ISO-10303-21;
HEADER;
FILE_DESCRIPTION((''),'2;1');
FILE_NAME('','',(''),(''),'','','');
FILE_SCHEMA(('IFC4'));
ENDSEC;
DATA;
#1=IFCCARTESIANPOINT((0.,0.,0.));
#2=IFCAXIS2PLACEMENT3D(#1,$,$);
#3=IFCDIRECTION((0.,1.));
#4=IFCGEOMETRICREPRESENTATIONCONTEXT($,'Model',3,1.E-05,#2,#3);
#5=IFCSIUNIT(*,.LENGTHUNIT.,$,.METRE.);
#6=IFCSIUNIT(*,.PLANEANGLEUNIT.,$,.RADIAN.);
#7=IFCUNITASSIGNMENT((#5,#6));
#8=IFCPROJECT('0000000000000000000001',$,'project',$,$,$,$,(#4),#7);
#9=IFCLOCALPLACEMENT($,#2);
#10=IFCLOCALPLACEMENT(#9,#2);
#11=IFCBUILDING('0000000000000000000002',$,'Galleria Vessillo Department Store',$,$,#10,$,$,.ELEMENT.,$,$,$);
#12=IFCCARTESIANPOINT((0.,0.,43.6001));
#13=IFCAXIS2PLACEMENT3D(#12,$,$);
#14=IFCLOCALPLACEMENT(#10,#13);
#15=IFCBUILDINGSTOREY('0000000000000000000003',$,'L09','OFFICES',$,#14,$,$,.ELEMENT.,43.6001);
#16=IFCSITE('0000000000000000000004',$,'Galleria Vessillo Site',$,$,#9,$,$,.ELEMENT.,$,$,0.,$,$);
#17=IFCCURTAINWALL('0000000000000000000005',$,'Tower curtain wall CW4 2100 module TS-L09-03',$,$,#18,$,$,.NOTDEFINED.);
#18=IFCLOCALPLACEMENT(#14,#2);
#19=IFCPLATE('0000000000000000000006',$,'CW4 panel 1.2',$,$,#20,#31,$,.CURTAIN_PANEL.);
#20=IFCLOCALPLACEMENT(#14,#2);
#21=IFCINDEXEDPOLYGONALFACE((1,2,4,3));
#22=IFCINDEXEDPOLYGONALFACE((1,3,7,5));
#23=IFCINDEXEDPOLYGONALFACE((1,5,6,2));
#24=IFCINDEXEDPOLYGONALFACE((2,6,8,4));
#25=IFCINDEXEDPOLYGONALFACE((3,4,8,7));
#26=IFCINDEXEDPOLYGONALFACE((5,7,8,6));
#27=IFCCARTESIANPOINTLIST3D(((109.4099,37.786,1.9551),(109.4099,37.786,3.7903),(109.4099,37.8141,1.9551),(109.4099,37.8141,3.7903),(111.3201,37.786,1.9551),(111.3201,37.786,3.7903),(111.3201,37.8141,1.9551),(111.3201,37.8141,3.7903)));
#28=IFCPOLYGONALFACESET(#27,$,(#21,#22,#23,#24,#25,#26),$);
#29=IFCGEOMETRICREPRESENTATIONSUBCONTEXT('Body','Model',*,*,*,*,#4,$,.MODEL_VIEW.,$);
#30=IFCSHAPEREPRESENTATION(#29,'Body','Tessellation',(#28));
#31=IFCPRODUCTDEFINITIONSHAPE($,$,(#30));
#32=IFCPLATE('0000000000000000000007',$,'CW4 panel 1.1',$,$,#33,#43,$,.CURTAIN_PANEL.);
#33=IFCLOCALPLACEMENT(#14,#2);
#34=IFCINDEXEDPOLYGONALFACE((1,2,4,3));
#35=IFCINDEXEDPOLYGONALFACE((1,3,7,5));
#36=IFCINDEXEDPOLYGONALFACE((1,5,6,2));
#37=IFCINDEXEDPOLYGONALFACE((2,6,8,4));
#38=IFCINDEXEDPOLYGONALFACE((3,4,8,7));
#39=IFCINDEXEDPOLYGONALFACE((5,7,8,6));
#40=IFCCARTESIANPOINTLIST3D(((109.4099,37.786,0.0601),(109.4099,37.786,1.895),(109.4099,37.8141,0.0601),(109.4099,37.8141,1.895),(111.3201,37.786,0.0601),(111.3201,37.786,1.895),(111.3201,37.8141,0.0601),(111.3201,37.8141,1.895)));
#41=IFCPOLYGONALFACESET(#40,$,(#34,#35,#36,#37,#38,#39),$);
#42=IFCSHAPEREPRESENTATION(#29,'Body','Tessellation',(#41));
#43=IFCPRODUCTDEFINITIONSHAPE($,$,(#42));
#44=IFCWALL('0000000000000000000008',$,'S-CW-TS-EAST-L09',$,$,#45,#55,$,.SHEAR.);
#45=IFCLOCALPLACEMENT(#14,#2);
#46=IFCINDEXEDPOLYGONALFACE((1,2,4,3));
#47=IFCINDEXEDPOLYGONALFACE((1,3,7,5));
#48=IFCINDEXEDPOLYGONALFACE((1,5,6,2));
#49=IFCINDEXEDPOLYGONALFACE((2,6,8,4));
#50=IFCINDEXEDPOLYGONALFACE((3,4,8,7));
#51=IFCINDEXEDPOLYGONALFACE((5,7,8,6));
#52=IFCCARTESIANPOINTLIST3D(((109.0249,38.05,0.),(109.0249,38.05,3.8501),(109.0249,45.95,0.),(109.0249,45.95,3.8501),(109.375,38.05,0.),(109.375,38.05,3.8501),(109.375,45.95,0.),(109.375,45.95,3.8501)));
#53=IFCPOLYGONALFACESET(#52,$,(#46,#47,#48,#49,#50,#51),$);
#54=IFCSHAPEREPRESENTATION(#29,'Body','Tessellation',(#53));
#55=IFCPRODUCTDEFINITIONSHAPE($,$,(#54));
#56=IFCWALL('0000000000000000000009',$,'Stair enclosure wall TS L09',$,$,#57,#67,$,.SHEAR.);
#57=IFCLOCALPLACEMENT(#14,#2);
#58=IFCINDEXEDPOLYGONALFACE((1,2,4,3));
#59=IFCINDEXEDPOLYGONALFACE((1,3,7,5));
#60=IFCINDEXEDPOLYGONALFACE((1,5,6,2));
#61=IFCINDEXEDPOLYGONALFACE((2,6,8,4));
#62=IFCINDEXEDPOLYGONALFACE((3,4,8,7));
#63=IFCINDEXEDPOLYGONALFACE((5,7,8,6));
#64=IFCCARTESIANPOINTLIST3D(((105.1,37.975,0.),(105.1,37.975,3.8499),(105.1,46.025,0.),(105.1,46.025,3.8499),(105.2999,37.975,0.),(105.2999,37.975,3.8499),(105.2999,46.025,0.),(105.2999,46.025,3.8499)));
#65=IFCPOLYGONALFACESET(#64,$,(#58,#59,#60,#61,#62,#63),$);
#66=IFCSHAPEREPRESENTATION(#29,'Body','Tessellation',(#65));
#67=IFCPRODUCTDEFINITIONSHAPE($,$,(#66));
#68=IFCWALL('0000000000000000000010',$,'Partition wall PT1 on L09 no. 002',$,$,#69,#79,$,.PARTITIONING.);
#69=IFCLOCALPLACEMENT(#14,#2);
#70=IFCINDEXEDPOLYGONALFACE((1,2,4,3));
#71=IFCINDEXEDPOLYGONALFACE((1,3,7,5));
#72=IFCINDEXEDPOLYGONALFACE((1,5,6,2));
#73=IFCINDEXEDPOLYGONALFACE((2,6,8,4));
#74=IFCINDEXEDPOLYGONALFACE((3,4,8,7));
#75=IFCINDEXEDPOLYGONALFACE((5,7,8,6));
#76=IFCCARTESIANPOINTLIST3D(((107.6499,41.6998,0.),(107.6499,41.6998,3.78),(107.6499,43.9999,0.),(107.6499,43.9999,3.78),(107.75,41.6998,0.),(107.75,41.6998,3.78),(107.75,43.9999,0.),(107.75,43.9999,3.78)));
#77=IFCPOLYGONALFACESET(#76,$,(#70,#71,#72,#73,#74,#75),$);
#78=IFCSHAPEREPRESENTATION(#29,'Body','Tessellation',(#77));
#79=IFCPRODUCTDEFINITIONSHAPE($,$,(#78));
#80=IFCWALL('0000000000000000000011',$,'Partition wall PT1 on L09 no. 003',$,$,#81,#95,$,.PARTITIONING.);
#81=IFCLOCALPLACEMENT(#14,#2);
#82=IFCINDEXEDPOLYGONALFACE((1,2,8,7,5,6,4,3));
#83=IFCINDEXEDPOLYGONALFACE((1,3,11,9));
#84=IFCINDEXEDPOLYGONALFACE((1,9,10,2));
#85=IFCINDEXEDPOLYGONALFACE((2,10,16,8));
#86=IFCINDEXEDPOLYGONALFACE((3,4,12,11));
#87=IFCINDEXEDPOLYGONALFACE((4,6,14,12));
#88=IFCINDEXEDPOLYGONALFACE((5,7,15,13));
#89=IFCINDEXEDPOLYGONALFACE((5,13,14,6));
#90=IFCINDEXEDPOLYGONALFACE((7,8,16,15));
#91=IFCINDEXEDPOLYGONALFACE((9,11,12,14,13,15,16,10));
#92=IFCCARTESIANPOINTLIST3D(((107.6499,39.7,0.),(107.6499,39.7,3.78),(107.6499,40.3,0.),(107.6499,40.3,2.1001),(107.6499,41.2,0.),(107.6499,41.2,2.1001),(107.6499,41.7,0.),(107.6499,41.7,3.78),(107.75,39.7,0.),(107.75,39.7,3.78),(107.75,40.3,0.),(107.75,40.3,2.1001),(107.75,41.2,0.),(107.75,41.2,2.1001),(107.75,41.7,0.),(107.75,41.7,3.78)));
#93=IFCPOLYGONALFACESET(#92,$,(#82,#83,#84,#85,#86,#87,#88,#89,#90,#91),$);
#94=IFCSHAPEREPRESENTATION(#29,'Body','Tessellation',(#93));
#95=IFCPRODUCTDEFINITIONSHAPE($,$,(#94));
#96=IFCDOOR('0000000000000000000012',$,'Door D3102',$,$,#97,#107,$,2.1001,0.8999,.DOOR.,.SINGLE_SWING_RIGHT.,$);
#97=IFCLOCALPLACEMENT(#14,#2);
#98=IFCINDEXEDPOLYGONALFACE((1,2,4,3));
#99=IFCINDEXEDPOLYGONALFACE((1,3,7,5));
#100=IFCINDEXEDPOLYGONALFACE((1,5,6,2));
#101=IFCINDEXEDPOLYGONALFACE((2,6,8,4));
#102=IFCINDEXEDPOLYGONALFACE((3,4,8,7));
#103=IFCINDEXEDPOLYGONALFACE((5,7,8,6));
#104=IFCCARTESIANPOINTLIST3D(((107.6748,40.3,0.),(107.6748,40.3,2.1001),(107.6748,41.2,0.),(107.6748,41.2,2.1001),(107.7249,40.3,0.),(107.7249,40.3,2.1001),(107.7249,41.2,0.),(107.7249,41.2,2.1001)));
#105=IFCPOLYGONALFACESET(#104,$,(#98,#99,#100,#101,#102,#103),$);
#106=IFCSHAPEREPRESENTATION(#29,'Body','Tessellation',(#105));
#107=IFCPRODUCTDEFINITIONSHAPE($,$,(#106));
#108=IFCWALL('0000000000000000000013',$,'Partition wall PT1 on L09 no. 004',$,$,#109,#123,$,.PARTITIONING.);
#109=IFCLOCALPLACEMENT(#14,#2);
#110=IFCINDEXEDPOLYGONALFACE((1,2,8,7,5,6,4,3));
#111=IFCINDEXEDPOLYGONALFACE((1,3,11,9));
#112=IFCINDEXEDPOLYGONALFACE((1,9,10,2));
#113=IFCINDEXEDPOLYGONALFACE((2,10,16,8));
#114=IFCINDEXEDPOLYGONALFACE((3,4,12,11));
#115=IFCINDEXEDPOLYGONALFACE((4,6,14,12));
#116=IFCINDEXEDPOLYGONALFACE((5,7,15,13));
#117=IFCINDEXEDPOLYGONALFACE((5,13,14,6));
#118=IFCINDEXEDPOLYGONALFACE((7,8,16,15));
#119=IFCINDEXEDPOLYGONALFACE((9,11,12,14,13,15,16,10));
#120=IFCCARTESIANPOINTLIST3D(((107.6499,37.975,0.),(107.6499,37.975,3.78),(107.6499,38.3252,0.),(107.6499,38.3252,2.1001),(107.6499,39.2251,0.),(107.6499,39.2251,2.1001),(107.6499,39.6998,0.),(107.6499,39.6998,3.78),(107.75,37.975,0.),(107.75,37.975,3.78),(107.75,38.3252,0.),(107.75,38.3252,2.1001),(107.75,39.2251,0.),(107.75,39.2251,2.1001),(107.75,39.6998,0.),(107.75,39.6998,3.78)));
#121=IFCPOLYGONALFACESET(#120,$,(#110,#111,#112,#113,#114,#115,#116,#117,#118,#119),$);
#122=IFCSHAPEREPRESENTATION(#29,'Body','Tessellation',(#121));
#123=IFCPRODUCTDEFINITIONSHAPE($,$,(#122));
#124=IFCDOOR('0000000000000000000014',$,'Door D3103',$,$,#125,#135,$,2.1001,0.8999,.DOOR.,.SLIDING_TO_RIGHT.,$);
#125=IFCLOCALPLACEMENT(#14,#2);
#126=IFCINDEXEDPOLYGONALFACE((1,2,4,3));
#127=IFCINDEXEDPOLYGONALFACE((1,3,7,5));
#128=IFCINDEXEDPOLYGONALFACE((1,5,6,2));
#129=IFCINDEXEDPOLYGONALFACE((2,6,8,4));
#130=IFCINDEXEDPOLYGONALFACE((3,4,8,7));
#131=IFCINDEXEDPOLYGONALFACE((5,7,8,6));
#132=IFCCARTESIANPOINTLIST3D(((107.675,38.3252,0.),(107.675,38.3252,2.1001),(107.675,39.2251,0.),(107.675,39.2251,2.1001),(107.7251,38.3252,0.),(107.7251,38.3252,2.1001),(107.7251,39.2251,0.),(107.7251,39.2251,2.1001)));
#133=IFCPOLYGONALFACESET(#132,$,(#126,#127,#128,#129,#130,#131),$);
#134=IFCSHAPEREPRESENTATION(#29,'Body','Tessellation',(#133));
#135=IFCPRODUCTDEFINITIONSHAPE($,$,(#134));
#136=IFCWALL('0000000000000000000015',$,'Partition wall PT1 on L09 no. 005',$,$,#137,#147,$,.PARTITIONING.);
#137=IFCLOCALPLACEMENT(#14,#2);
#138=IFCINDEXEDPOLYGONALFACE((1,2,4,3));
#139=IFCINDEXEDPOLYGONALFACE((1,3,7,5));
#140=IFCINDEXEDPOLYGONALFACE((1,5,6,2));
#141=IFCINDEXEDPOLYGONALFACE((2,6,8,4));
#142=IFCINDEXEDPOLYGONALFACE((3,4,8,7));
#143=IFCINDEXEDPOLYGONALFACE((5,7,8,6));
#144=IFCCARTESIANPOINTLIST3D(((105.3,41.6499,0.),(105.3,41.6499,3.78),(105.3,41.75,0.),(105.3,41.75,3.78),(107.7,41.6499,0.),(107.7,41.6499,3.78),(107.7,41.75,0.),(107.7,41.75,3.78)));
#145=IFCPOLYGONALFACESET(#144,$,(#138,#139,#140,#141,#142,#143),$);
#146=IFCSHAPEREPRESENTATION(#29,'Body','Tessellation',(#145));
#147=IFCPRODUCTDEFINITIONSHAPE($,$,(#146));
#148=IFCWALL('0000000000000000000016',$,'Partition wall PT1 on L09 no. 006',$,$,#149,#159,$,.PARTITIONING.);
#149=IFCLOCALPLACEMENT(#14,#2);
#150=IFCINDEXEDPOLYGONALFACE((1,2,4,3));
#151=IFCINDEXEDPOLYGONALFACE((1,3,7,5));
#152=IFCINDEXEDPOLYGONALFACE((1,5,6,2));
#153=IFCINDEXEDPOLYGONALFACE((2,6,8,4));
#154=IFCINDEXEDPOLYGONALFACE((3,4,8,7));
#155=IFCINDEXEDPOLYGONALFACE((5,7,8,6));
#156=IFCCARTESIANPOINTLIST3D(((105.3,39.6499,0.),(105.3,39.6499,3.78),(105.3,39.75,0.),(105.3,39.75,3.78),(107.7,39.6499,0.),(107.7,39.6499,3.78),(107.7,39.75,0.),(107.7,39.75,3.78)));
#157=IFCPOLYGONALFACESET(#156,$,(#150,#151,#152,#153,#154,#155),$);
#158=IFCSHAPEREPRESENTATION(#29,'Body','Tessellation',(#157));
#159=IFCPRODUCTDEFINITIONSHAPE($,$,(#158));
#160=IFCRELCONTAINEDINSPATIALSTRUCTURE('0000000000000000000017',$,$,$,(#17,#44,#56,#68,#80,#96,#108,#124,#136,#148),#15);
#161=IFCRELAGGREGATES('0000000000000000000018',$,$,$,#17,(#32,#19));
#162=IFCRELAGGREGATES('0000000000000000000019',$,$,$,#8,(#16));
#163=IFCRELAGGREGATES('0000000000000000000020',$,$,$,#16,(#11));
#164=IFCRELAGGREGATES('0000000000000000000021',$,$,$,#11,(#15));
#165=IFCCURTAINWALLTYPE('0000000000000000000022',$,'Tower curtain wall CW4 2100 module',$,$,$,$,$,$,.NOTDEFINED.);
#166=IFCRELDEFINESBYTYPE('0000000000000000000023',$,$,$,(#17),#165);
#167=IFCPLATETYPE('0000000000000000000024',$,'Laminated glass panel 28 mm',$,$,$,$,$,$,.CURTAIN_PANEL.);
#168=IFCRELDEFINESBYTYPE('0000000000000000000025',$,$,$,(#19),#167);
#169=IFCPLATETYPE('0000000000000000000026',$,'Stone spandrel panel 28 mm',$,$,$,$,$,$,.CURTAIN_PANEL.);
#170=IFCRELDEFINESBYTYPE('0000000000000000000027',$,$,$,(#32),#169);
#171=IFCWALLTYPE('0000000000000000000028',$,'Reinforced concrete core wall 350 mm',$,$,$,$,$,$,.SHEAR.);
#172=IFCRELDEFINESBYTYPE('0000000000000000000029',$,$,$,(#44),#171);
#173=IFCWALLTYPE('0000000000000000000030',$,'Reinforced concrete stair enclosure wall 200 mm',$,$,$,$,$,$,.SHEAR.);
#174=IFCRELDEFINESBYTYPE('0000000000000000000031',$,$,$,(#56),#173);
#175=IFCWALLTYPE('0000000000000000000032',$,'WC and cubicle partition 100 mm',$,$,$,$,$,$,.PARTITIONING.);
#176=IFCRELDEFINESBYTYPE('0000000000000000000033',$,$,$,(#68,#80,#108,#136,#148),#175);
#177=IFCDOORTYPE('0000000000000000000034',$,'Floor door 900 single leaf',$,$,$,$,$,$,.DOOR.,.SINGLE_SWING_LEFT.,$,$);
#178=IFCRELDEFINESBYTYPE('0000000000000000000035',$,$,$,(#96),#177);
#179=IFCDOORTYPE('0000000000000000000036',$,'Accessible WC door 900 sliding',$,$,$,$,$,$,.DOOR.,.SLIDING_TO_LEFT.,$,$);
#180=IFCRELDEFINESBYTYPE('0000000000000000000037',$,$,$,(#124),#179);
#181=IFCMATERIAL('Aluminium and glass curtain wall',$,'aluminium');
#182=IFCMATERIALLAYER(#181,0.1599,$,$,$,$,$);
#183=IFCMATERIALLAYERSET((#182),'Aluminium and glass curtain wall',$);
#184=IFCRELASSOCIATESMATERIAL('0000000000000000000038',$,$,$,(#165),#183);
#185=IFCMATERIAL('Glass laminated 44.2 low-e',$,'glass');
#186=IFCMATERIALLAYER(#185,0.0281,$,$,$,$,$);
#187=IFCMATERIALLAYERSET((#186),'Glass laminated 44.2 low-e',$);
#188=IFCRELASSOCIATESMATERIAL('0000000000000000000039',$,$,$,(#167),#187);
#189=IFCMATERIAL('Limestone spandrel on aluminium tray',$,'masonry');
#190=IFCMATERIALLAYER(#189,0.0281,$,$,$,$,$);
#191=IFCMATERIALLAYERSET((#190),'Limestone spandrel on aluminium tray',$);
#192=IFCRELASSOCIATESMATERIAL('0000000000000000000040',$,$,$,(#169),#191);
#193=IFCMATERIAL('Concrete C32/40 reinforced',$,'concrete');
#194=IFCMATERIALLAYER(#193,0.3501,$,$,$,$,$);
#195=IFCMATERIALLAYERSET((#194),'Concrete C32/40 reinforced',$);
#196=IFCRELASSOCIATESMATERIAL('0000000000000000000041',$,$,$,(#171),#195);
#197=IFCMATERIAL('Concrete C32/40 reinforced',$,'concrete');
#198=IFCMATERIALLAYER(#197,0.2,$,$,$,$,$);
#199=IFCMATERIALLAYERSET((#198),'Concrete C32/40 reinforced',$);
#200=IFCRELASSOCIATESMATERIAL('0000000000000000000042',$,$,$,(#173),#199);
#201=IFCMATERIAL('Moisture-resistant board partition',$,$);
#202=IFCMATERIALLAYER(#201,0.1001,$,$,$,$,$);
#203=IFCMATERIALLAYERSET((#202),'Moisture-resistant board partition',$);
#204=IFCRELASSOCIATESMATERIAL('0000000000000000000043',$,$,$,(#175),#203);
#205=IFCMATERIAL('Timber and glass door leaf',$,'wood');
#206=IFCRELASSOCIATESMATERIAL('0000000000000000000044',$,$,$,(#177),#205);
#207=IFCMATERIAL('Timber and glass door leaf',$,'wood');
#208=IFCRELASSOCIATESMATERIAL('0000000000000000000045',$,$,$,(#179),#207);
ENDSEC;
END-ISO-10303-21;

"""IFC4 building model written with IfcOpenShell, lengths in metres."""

from ifc_helpers import new_model, si_unit, direction, frame, frame_2d, origin, origin_2d, place, context, subcontext, project, spatial, rectangle, extrude, material, layer, layer_set, type_object, element, fill, aggregate, save


model = new_model("IFC4")

# Units and contexts
model_context = context("Model", 3, precision=1e-05, world=origin(), true_north=direction((0.0, 1.0)))
body_context = subcontext(model_context, "Body", "Model", "MODEL_VIEW")
ifc_project = project(units=[si_unit("LENGTHUNIT", "METRE"), si_unit("PLANEANGLEUNIT", "RADIAN")], contexts=[model_context])

# Site, building, storey
site_placement = place(None, origin())
site = spatial("IfcSite", under=ifc_project, at=site_placement, Name="Galleria Vessillo Site", CompositionType="ELEMENT", RefElevation=0.0)
building_placement = place(site_placement, origin())
building = spatial("IfcBuilding", under=site, at=building_placement, Name="Galleria Vessillo Department Store", CompositionType="ELEMENT")
storey_placement = place(building_placement, frame((0.0, 0.0, 43.6001)))
storey = spatial("IfcBuildingStorey", under=building, at=storey_placement, Name="L09", Description="OFFICES", CompositionType="ELEMENT", Elevation=43.6001)

# Curtain wall
ifc_material_1 = material(Name="Aluminium and glass curtain wall", Category="aluminium")
ifc_layer_1 = layer(ifc_material_1, 0.1599)
ifc_layer_set_1 = layer_set([ifc_layer_1], Name="Aluminium and glass curtain wall")
curtain_wall_type = type_object("IfcCurtainWallType", Name="Tower curtain wall CW4 2100 module", PredefinedType="NOTDEFINED", material=ifc_layer_set_1)
curtain_wall_placement = place(storey_placement, origin())
curtain_wall = element("IfcCurtainWall", 1, at=curtain_wall_placement, inside=storey, type_object=curtain_wall_type, Name="Tower curtain wall CW4 2100 module TS-L09-03", PredefinedType="NOTDEFINED")

# Plates
ifc_material_2 = material(Name="Glass laminated 44.2 low-e", Category="glass")
ifc_layer_2 = layer(ifc_material_2, 0.0281)
ifc_layer_set_2 = layer_set([ifc_layer_2], Name="Glass laminated 44.2 low-e")
plate_type_1 = type_object("IfcPlateType", Name="Laminated glass panel 28 mm", PredefinedType="CURTAIN_PANEL", material=ifc_layer_set_2)
plate_1_placement = place(storey_placement, frame((110.365, 37.8, 1.9551), z_axis=(0.0, 0.0, 1.0), x_axis=(1.0, 0.0, 0.0)))
plate_1 = element("IfcPlate", 2, at=plate_1_placement, type_object=plate_type_1, Name="CW4 panel 1.2", PredefinedType="CURTAIN_PANEL", context=body_context, shape_type="SweptSolid", body=[
    extrude(rectangle(XDim=1.9102, YDim=0.0281, at=origin_2d()), origin(), (0.0, 0.0, 1.0), 1.8352),
])
ifc_material_3 = material(Name="Limestone spandrel on aluminium tray", Category="masonry")
ifc_layer_3 = layer(ifc_material_3, 0.0281)
ifc_layer_set_3 = layer_set([ifc_layer_3], Name="Limestone spandrel on aluminium tray")
plate_type_2 = type_object("IfcPlateType", Name="Stone spandrel panel 28 mm", PredefinedType="CURTAIN_PANEL", material=ifc_layer_set_3)
plate_2_placement = place(storey_placement, frame((110.365, 37.8, 0.0601), z_axis=(0.0, 0.0, 1.0), x_axis=(1.0, 0.0, 0.0)))
plate_2 = element("IfcPlate", 3, at=plate_2_placement, type_object=plate_type_2, Name="CW4 panel 1.1", PredefinedType="CURTAIN_PANEL", context=body_context, shape_type="SweptSolid", body=[
    extrude(rectangle(XDim=1.9102, YDim=0.0281, at=origin_2d()), origin(), (0.0, 0.0, 1.0), 1.835),
])
aggregate(curtain_wall, [plate_2, plate_1])

# Walls
ifc_material_4 = material(Name="Concrete C32/40 reinforced", Category="concrete")
ifc_layer_4 = layer(ifc_material_4, 0.3501)
ifc_layer_set_4 = layer_set([ifc_layer_4], Name="Concrete C32/40 reinforced")
wall_type_1 = type_object("IfcWallType", Name="Reinforced concrete core wall 350 mm", PredefinedType="SHEAR", material=ifc_layer_set_4)
wall_1_placement = place(storey_placement, frame((109.2, 38.05, 0.0), z_axis=(0.0, 0.0, 1.0), x_axis=(0.0, 1.0, 0.0)))
element("IfcWall", 4, at=wall_1_placement, inside=storey, type_object=wall_type_1, Name="S-CW-TS-EAST-L09", PredefinedType="SHEAR", context=body_context, shape_type="SweptSolid", body=[
    extrude(rectangle(XDim=7.8999, YDim=0.3501, at=frame_2d((3.95, 0.0))), origin(), (0.0, 0.0, 1.0), 3.8501),
])
ifc_material_5 = material(Name="Concrete C32/40 reinforced", Category="concrete")
ifc_layer_5 = layer(ifc_material_5, 0.2)
ifc_layer_set_5 = layer_set([ifc_layer_5], Name="Concrete C32/40 reinforced")
wall_type_2 = type_object("IfcWallType", Name="Reinforced concrete stair enclosure wall 200 mm", PredefinedType="SHEAR", material=ifc_layer_set_5)
wall_2_placement = place(storey_placement, frame((105.2, 37.9751, 0.0), z_axis=(0.0, 0.0, 1.0), x_axis=(0.0, 1.0, 0.0)))
element("IfcWall", 5, at=wall_2_placement, inside=storey, type_object=wall_type_2, Name="Stair enclosure wall TS L09", PredefinedType="SHEAR", context=body_context, shape_type="SweptSolid", body=[
    extrude(rectangle(XDim=8.05, YDim=0.2, at=frame_2d((4.0249, 0.0))), origin(), (0.0, 0.0, 1.0), 3.8499),
])
ifc_material_6 = material(Name="Moisture-resistant board partition")
ifc_layer_6 = layer(ifc_material_6, 0.1001)
ifc_layer_set_6 = layer_set([ifc_layer_6], Name="Moisture-resistant board partition")
wall_type_3 = type_object("IfcWallType", Name="WC and cubicle partition 100 mm", PredefinedType="PARTITIONING", material=ifc_layer_set_6)
wall_3_placement = place(storey_placement, frame((107.7, 41.7, 0.0), z_axis=(0.0, 0.0, 1.0), x_axis=(0.0, 1.0, 0.0)))
element("IfcWall", 6, at=wall_3_placement, inside=storey, type_object=wall_type_3, Name="Partition wall PT1 on L09 no. 002", PredefinedType="PARTITIONING", context=body_context, shape_type="SweptSolid", body=[
    extrude(rectangle(XDim=2.3, YDim=0.1001, at=frame_2d((1.1499, 0.0))), origin(), (0.0, 0.0, 1.0), 3.78),
])

# Walls, openings, doors
wall_4_placement = place(storey_placement, frame((107.7, 39.7, 0.0), z_axis=(0.0, 0.0, 1.0), x_axis=(0.0, 1.0, 0.0)))
wall_4 = element("IfcWall", 7, at=wall_4_placement, inside=storey, type_object=wall_type_3, Name="Partition wall PT1 on L09 no. 003", PredefinedType="PARTITIONING", context=body_context, shape_type="SweptSolid", body=[
    extrude(rectangle(XDim=2.0, YDim=0.1001, at=frame_2d((1.0, 0.0))), origin(), (0.0, 0.0, 1.0), 3.78),
])
opening_1_placement = place(wall_4_placement, frame((0.6001, 0.0, 0.0)))
opening_1 = element("IfcOpeningElement", 8, at=opening_1_placement, cuts=wall_4, PredefinedType="OPENING", context=body_context, shape_type="SweptSolid", body=[
    extrude(rectangle(XDim=0.8999, YDim=2.1001, at=frame_2d((0.45, 1.05))), frame((0.0, 0.0601, 0.0), z_axis=(0.0, -1.0, 0.0), x_axis=(1.0, 0.0, 0.0)), (0.0, 0.0, 1.0), 0.1201),
])
ifc_material_7 = material(Name="Timber and glass door leaf", Category="wood")
door_type_1 = type_object("IfcDoorType", Name="Floor door 900 single leaf", OperationType="SINGLE_SWING_LEFT", PredefinedType="DOOR", material=ifc_material_7)
door_1_placement = place(opening_1_placement, frame((0.8999, 0.0, 0.0), z_axis=(0.0, 0.0, 1.0), x_axis=(-1.0, 0.0, 0.0)))
door_1 = element("IfcDoor", 9, at=door_1_placement, inside=storey, type_object=door_type_1, Name="Door D3102", OperationType="SINGLE_SWING_RIGHT", OverallHeight=2.1001, OverallWidth=0.8999, PredefinedType="DOOR", context=body_context, shape_type="SweptSolid", body=[
    extrude(rectangle(XDim=0.8999, YDim=2.1001, at=frame_2d((0.45, 1.05))), frame((0.0, 0.0249, 0.0), z_axis=(0.0, -1.0, 0.0), x_axis=(1.0, 0.0, 0.0)), (0.0, 0.0, 1.0), 0.05),
])
fill(opening_1, door_1)
wall_5_placement = place(storey_placement, frame((107.7, 37.9751, 0.0), z_axis=(0.0, 0.0, 1.0), x_axis=(0.0, 1.0, 0.0)))
wall_5 = element("IfcWall", 10, at=wall_5_placement, inside=storey, type_object=wall_type_3, Name="Partition wall PT1 on L09 no. 004", PredefinedType="PARTITIONING", context=body_context, shape_type="SweptSolid", body=[
    extrude(rectangle(XDim=1.7249, YDim=0.1001, at=frame_2d((0.8623, 0.0))), origin(), (0.0, 0.0, 1.0), 3.78),
])
opening_2_placement = place(wall_5_placement, frame((0.3501, 0.0, 0.0)))
opening_2 = element("IfcOpeningElement", 11, at=opening_2_placement, cuts=wall_5, PredefinedType="OPENING", context=body_context, shape_type="SweptSolid", body=[
    extrude(rectangle(XDim=0.8999, YDim=2.1001, at=frame_2d((0.45, 1.05))), frame((0.0, 0.0601, 0.0), z_axis=(0.0, -1.0, 0.0), x_axis=(1.0, 0.0, 0.0)), (0.0, 0.0, 1.0), 0.1201),
])
ifc_material_8 = material(Name="Timber and glass door leaf", Category="wood")
door_type_2 = type_object("IfcDoorType", Name="Accessible WC door 900 sliding", OperationType="SLIDING_TO_LEFT", PredefinedType="DOOR", material=ifc_material_8)
door_2_placement = place(opening_2_placement, origin())
door_2 = element("IfcDoor", 12, at=door_2_placement, inside=storey, type_object=door_type_2, Name="Door D3103", OperationType="SLIDING_TO_RIGHT", OverallHeight=2.1001, OverallWidth=0.8999, PredefinedType="DOOR", context=body_context, shape_type="SweptSolid", body=[
    extrude(rectangle(XDim=0.8999, YDim=2.1001, at=frame_2d((0.45, 1.05))), frame((0.0, 0.0249, 0.0), z_axis=(0.0, -1.0, 0.0), x_axis=(1.0, 0.0, 0.0)), (0.0, 0.0, 1.0), 0.05),
])
fill(opening_2, door_2)

# Walls
for number, where, z_axis, x_axis, name in (
    (13, (105.3, 41.7, 0.0), (0.0, 0.0, 1.0), (1.0, 0.0, 0.0), "Partition wall PT1 on L09 no. 005"),
    (14, (105.3, 39.7, 0.0), (0.0, 0.0, 1.0), (1.0, 0.0, 0.0), "Partition wall PT1 on L09 no. 006"),
):
    element("IfcWall", number, at=place(storey_placement, frame(where, z_axis=z_axis, x_axis=x_axis)), inside=storey, type_object=wall_type_3, Name=name, PredefinedType="PARTITIONING", context=body_context, shape_type="SweptSolid", body=[
        extrude(rectangle(XDim=2.3999, YDim=0.1001, at=frame_2d((1.2, 0.0))), origin(), (0.0, 0.0, 1.0), 3.78),
    ])

save(model, "model.ifc")
